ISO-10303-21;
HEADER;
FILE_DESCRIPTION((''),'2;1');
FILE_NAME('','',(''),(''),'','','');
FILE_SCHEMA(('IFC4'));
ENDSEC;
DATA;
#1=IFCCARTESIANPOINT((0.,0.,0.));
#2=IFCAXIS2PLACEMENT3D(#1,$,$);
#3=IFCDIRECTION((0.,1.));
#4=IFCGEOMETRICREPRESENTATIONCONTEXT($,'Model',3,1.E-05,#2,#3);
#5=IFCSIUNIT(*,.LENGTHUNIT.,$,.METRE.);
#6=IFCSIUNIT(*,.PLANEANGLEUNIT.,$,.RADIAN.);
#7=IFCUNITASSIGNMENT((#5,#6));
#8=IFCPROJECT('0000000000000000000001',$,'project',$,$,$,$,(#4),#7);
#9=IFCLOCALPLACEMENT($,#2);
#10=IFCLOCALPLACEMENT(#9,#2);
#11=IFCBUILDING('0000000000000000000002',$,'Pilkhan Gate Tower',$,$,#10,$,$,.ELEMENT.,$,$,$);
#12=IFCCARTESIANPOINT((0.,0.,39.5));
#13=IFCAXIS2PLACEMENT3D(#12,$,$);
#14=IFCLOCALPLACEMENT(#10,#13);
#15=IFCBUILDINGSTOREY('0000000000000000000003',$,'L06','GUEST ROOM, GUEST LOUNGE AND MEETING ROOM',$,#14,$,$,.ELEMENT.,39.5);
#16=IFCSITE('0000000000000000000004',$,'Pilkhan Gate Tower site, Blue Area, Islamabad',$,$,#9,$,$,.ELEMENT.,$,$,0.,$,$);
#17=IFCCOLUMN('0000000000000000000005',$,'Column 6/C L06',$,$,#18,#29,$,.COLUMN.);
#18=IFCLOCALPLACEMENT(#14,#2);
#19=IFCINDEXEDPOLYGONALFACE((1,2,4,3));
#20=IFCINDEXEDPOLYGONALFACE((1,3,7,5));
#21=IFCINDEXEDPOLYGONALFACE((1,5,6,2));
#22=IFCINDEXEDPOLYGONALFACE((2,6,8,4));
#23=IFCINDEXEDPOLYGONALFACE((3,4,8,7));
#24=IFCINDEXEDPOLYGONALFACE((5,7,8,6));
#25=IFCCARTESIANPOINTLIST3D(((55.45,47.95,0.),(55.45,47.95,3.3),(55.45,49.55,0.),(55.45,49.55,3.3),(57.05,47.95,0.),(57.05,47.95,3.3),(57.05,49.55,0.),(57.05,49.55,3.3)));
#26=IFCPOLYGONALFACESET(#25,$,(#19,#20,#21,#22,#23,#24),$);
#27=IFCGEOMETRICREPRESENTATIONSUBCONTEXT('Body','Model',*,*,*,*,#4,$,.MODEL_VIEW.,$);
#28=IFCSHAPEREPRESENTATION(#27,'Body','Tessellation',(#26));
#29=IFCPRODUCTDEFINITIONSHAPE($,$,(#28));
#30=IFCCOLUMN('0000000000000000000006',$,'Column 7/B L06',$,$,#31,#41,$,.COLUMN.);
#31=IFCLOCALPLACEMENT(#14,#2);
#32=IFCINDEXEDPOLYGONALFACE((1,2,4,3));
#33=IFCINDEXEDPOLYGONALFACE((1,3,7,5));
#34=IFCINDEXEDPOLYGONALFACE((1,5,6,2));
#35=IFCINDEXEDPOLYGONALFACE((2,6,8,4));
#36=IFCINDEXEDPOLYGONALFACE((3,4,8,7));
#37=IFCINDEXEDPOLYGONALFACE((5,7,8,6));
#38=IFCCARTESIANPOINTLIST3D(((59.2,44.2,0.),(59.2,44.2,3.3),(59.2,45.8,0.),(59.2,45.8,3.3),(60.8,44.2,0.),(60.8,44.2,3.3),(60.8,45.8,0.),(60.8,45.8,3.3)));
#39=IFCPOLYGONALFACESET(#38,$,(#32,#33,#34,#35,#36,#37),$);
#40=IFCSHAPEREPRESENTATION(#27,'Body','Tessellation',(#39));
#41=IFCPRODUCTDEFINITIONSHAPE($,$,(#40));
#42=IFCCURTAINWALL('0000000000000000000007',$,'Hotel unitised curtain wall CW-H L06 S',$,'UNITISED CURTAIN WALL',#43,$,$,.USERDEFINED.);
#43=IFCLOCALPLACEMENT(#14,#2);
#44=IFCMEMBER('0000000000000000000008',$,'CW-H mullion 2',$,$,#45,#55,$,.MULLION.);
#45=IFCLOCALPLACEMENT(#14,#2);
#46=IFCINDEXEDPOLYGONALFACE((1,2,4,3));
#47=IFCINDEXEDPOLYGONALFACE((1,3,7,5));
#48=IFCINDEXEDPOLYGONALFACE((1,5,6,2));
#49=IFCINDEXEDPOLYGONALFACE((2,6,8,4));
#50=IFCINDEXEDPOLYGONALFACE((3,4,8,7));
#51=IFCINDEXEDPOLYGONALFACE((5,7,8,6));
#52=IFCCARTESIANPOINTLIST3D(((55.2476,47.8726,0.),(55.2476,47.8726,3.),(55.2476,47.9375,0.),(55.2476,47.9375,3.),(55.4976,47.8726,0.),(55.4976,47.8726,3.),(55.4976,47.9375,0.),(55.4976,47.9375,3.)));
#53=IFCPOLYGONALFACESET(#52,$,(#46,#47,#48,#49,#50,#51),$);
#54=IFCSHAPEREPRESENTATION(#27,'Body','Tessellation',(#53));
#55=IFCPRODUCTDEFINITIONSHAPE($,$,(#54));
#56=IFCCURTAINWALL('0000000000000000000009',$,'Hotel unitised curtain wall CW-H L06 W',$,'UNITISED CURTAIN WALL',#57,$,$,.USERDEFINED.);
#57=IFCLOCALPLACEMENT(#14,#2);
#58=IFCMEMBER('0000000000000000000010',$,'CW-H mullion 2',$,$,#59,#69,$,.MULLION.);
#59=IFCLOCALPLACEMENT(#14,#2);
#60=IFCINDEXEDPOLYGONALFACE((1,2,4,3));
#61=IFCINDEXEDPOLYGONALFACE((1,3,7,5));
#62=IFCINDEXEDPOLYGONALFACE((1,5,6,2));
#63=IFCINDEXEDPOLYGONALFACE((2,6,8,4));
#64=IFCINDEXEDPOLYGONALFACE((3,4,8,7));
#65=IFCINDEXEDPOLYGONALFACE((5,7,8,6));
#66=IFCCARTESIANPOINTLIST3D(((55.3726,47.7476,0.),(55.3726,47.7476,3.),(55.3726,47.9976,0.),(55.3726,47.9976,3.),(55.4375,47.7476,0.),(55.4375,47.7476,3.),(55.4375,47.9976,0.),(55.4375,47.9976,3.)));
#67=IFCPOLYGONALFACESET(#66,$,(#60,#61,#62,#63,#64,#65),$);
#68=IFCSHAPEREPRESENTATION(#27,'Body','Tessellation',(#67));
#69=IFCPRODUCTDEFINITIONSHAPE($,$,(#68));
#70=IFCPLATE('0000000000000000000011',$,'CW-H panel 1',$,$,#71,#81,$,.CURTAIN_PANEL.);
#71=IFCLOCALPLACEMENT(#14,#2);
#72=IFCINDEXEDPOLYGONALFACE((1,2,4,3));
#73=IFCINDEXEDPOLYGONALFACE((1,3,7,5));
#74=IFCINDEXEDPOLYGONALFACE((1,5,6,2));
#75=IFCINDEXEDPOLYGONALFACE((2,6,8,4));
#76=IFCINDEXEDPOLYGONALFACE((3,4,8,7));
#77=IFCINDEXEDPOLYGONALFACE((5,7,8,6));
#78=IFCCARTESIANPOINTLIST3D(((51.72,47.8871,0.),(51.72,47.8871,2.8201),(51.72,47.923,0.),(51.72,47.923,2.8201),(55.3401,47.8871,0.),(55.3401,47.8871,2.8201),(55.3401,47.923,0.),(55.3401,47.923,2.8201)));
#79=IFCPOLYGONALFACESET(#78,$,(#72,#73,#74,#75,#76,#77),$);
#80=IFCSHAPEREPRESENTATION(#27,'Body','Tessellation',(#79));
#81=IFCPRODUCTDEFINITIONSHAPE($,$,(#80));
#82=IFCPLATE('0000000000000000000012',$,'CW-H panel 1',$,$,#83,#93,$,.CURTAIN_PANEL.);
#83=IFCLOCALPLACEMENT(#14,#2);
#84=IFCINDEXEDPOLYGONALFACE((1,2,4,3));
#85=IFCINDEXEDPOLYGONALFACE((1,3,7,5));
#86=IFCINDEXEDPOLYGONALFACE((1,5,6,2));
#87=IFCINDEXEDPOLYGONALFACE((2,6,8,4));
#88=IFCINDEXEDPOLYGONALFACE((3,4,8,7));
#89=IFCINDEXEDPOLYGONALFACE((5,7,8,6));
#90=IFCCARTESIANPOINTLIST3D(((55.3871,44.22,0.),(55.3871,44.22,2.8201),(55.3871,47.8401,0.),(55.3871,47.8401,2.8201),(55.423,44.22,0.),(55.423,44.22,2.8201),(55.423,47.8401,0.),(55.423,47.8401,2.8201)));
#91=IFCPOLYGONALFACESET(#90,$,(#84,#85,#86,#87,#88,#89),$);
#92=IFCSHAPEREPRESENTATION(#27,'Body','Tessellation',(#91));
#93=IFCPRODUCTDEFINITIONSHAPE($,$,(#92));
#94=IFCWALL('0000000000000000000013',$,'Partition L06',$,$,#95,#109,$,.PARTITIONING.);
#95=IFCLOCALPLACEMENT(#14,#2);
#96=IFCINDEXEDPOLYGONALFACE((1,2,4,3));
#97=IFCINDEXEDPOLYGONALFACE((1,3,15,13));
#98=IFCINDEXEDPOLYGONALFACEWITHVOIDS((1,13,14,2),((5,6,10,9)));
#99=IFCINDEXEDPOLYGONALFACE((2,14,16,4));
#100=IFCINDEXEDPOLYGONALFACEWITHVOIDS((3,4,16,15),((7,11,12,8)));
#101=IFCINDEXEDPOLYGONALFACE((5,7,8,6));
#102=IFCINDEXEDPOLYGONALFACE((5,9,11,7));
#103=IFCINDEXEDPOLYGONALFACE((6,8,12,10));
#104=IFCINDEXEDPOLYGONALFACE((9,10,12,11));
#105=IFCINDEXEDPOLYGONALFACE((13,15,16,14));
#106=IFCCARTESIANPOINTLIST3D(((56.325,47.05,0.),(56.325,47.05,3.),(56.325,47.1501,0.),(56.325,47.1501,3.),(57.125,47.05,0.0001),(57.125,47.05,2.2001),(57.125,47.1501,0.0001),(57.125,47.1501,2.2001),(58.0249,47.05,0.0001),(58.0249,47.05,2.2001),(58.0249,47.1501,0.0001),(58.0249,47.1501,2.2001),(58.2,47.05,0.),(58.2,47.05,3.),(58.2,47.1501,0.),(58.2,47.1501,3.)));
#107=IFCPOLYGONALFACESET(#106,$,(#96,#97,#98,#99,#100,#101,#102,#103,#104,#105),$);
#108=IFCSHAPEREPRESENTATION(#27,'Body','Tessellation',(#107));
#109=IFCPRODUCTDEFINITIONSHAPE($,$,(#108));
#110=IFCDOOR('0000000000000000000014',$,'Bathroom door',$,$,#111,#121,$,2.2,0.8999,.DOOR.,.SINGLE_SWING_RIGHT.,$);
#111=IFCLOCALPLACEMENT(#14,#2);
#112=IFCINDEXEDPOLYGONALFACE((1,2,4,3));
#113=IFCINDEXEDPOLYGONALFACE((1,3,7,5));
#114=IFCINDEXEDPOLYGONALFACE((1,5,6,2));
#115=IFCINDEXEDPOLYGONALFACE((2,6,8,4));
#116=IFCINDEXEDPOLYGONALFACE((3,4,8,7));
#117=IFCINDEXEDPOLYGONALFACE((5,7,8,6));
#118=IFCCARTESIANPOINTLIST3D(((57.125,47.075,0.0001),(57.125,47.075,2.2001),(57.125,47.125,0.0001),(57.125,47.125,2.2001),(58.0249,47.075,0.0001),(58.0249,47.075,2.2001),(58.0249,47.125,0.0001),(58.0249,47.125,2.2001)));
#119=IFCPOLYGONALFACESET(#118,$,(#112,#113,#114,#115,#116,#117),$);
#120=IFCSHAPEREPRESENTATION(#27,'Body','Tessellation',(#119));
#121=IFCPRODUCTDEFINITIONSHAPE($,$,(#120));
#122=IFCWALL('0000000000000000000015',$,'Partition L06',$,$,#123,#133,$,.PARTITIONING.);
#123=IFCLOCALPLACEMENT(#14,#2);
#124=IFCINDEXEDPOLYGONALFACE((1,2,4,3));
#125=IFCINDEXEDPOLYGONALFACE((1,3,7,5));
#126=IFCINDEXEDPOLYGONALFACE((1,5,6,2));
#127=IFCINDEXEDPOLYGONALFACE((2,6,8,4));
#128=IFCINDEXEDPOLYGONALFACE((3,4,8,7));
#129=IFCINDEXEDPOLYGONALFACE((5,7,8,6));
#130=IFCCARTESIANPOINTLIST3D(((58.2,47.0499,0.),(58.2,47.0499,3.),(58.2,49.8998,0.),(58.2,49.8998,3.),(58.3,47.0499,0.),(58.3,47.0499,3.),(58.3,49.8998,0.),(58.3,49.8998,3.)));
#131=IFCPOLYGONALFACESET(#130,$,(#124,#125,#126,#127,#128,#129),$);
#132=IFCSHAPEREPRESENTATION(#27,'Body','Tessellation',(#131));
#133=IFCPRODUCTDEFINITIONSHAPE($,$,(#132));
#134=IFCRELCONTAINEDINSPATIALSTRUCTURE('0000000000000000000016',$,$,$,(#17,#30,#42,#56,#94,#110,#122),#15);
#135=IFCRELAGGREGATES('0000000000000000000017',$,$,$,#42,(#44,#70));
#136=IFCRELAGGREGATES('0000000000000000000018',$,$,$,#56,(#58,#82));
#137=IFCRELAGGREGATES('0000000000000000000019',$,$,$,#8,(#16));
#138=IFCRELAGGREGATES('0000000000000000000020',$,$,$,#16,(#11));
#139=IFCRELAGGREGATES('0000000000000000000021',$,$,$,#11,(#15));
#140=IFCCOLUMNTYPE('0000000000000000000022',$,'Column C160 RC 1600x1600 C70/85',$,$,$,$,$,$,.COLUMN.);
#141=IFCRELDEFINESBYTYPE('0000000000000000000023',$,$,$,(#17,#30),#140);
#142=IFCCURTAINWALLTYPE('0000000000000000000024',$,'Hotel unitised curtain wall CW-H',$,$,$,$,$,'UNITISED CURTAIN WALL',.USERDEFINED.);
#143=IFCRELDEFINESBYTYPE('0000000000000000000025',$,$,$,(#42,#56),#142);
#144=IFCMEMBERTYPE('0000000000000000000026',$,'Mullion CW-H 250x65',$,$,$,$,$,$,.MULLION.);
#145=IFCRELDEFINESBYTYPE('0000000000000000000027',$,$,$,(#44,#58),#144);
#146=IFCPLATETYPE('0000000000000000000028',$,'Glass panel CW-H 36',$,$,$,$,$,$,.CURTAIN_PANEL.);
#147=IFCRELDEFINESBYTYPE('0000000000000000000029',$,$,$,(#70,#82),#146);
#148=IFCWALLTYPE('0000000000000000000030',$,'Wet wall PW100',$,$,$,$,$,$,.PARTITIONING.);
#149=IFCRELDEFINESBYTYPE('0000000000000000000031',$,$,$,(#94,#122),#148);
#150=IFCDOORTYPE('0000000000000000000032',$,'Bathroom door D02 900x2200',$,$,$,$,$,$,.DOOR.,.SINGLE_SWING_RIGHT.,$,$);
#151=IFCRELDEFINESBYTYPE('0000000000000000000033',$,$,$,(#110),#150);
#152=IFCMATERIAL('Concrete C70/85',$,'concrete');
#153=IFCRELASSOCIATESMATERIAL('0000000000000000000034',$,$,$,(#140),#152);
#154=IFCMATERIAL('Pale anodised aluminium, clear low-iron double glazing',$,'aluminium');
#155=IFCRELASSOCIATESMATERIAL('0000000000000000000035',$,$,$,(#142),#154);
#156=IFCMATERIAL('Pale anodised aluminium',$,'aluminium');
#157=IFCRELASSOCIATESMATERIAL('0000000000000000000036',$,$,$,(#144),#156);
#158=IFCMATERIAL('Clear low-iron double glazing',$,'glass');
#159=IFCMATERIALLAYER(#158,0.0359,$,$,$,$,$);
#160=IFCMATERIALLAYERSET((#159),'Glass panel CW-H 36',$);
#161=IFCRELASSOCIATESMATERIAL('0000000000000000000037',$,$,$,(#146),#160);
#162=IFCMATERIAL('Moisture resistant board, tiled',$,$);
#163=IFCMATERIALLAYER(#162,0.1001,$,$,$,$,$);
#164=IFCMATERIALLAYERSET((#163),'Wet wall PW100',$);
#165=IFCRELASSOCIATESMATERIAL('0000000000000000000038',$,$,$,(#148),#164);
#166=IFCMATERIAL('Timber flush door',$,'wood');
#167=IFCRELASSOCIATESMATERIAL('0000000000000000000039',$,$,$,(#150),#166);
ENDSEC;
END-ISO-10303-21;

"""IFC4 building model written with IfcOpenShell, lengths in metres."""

from ifc_helpers import new_model, si_unit, direction, frame, frame_2d, origin, origin_2d, place, context, subcontext, project, spatial, rectangle, extrude, material, layer, layer_set, material_profile, profile_set, type_object, element, fill, aggregate, save


model = new_model("IFC4")

# Units and contexts
model_context = context("Model", 3, precision=1e-05, world=origin(), true_north=direction((0.0, 1.0)))
body_context = subcontext(model_context, "Body", "Model", "MODEL_VIEW")
ifc_project = project(units=[si_unit("LENGTHUNIT", "METRE"), si_unit("PLANEANGLEUNIT", "RADIAN")], contexts=[model_context])

# Site, building, storey
site_placement = place(None, origin())
site = spatial("IfcSite", under=ifc_project, at=site_placement, Name="Pilkhan Gate Tower site, Blue Area, Islamabad", CompositionType="ELEMENT", RefElevation=0.0)
building_placement = place(site_placement, origin())
building = spatial("IfcBuilding", under=site, at=building_placement, Name="Pilkhan Gate Tower", CompositionType="ELEMENT")
storey_placement = place(building_placement, frame((0.0, 0.0, 39.5)))
storey = spatial("IfcBuildingStorey", under=building, at=storey_placement, Name="L06", Description="GUEST ROOM, GUEST LOUNGE AND MEETING ROOM", CompositionType="ELEMENT", Elevation=39.5)

# Columns
ifc_material_1 = material(Name="Concrete C70/85", Category="concrete")
ifc_material_profile_1 = material_profile(ifc_material_1, rectangle(XDim=1.6001, YDim=1.6001, at=origin_2d()), Name="RC 1600x1600")
ifc_profile_set_1 = profile_set([ifc_material_profile_1], Name="Concrete C70/85")
column_type = type_object("IfcColumnType", Name="Column C160 RC 1600x1600 C70/85", PredefinedType="COLUMN", material=ifc_profile_set_1)
for number, where, z_axis, x_axis, name in (
    (1, (56.25, 48.75, 0.0), (0.0, 0.0, 1.0), (1.0, 0.0, 0.0), "Column 6/C L06"),
    (2, (60.0, 45.0, 0.0), (0.0, 0.0, 1.0), (1.0, 0.0, 0.0), "Column 7/B L06"),
):
    element("IfcColumn", number, at=place(storey_placement, frame(where, z_axis=z_axis, x_axis=x_axis)), inside=storey, type_object=column_type, Name=name, PredefinedType="COLUMN", context=body_context, shape_type="SweptSolid", body=[
        extrude(rectangle(XDim=1.6001, YDim=1.6001, at=origin_2d()), origin(), (0.0, 0.0, 1.0), 3.3),
    ])

# Curtain walls, members
ifc_material_2 = material(Name="Pale anodised aluminium, clear low-iron double glazing", Category="aluminium")
curtain_wall_type = type_object("IfcCurtainWallType", Name="Hotel unitised curtain wall CW-H", ElementType="UNITISED CURTAIN WALL", PredefinedType="USERDEFINED", material=ifc_material_2)
curtain_wall_1_placement = place(storey_placement, origin())
curtain_wall_1 = element("IfcCurtainWall", 3, at=curtain_wall_1_placement, inside=storey, type_object=curtain_wall_type, Name="Hotel unitised curtain wall CW-H L06 S", ObjectType="UNITISED CURTAIN WALL", PredefinedType="USERDEFINED")
ifc_material_3 = material(Name="Pale anodised aluminium", Category="aluminium")
ifc_material_profile_2 = material_profile(ifc_material_3, rectangle(XDim=0.0649, YDim=0.25, at=origin_2d()), Name="Mullion 250x65")
ifc_profile_set_2 = profile_set([ifc_material_profile_2], Name="Pale anodised aluminium")
member_type = type_object("IfcMemberType", Name="Mullion CW-H 250x65", PredefinedType="MULLION", material=ifc_profile_set_2)
member_1_placement = place(storey_placement, frame((55.3726, 47.905, 0.0), z_axis=(0.0, 0.0, 1.0), x_axis=(0.0, 1.0, 0.0)))
member_1 = element("IfcMember", 4, at=member_1_placement, type_object=member_type, Name="CW-H mullion 2", PredefinedType="MULLION", context=body_context, shape_type="SweptSolid", body=[
    extrude(rectangle(XDim=0.0649, YDim=0.25, at=origin_2d()), origin(), (0.0, 0.0, 1.0), 3.0),
])
curtain_wall_2_placement = place(storey_placement, origin())
curtain_wall_2 = element("IfcCurtainWall", 5, at=curtain_wall_2_placement, inside=storey, type_object=curtain_wall_type, Name="Hotel unitised curtain wall CW-H L06 W", ObjectType="UNITISED CURTAIN WALL", PredefinedType="USERDEFINED")
member_2_placement = place(storey_placement, frame((55.405, 47.8726, 0.0), z_axis=(0.0, 0.0, 1.0), x_axis=(-1.0, 0.0, 0.0)))
member_2 = element("IfcMember", 6, at=member_2_placement, type_object=member_type, Name="CW-H mullion 2", PredefinedType="MULLION", context=body_context, shape_type="SweptSolid", body=[
    extrude(rectangle(XDim=0.0649, YDim=0.25, at=origin_2d()), origin(), (0.0, 0.0, 1.0), 3.0),
])

# Plates
ifc_material_4 = material(Name="Clear low-iron double glazing", Category="glass")
ifc_layer_1 = layer(ifc_material_4, 0.0359)
ifc_layer_set_1 = layer_set([ifc_layer_1], Name="Glass panel CW-H 36")
plate_type = type_object("IfcPlateType", Name="Glass panel CW-H 36", PredefinedType="CURTAIN_PANEL", material=ifc_layer_set_1)
plate_1_placement = place(storey_placement, frame((53.53, 47.905, 0.0), z_axis=(0.0, 0.0, 1.0), x_axis=(1.0, 0.0, 0.0)))
plate_1 = element("IfcPlate", 7, at=plate_1_placement, type_object=plate_type, Name="CW-H panel 1", PredefinedType="CURTAIN_PANEL", context=body_context, shape_type="SweptSolid", body=[
    extrude(rectangle(XDim=3.6201, YDim=0.0359, at=origin_2d()), origin(), (0.0, 0.0, 1.0), 2.8201),
])
aggregate(curtain_wall_1, [member_1, plate_1])
plate_2_placement = place(storey_placement, frame((55.405, 46.03, 0.0), z_axis=(0.0, 0.0, 1.0), x_axis=(0.0, 1.0, 0.0)))
plate_2 = element("IfcPlate", 8, at=plate_2_placement, type_object=plate_type, Name="CW-H panel 1", PredefinedType="CURTAIN_PANEL", context=body_context, shape_type="SweptSolid", body=[
    extrude(rectangle(XDim=3.6201, YDim=0.0359, at=origin_2d()), origin(), (0.0, 0.0, 1.0), 2.8201),
])
aggregate(curtain_wall_2, [member_2, plate_2])

# Wall, opening, door
ifc_material_5 = material(Name="Moisture resistant board, tiled")
ifc_layer_2 = layer(ifc_material_5, 0.1001)
ifc_layer_set_2 = layer_set([ifc_layer_2], Name="Wet wall PW100")
wall_type = type_object("IfcWallType", Name="Wet wall PW100", PredefinedType="PARTITIONING", material=ifc_layer_set_2)
wall_1_placement = place(storey_placement, frame((56.325, 47.1001, 0.0), z_axis=(0.0, 0.0, 1.0), x_axis=(1.0, 0.0, 0.0)))
wall_1 = element("IfcWall", 9, at=wall_1_placement, inside=storey, type_object=wall_type, Name="Partition L06", PredefinedType="PARTITIONING", context=body_context, shape_type="SweptSolid", body=[
    extrude(rectangle(XDim=1.875, YDim=0.1001, at=frame_2d((0.9375, 0.0))), origin(), (0.0, 0.0, 1.0), 3.0),
])
opening_placement = place(wall_1_placement, frame((0.8, 0.0, 0.0)))
opening = element("IfcOpeningElement", 10, at=opening_placement, cuts=wall_1, PredefinedType="OPENING", context=body_context, shape_type="SweptSolid", body=[
    extrude(rectangle(XDim=0.8999, YDim=2.2, at=frame_2d((0.45, 1.1001))), frame((0.0, 0.0601, 0.0), z_axis=(0.0, -1.0, 0.0), x_axis=(1.0, 0.0, 0.0)), (0.0, 0.0, 1.0), 0.1201),
])
ifc_material_6 = material(Name="Timber flush door", Category="wood")
door_type = type_object("IfcDoorType", Name="Bathroom door D02 900x2200", OperationType="SINGLE_SWING_RIGHT", PredefinedType="DOOR", material=ifc_material_6)
door_placement = place(opening_placement, origin())
door = element("IfcDoor", 11, at=door_placement, inside=storey, type_object=door_type, Name="Bathroom door", OperationType="SINGLE_SWING_RIGHT", OverallHeight=2.2, OverallWidth=0.8999, PredefinedType="DOOR", context=body_context, shape_type="SweptSolid", body=[
    extrude(rectangle(XDim=0.8999, YDim=2.2, at=frame_2d((0.45, 1.1001))), frame((0.0, 0.0249, 0.0), z_axis=(0.0, -1.0, 0.0), x_axis=(1.0, 0.0, 0.0)), (0.0, 0.0, 1.0), 0.05),
])
fill(opening, door)

# Wall
wall_2_placement = place(storey_placement, frame((58.25, 47.05, 0.0), z_axis=(0.0, 0.0, 1.0), x_axis=(0.0, 1.0, 0.0)))
element("IfcWall", 12, at=wall_2_placement, inside=storey, type_object=wall_type, Name="Partition L06", PredefinedType="PARTITIONING", context=body_context, shape_type="SweptSolid", body=[
    extrude(rectangle(XDim=2.8499, YDim=0.1001, at=frame_2d((1.4248, 0.0))), origin(), (0.0, 0.0, 1.0), 3.0),
])

save(model, "model.ifc")
